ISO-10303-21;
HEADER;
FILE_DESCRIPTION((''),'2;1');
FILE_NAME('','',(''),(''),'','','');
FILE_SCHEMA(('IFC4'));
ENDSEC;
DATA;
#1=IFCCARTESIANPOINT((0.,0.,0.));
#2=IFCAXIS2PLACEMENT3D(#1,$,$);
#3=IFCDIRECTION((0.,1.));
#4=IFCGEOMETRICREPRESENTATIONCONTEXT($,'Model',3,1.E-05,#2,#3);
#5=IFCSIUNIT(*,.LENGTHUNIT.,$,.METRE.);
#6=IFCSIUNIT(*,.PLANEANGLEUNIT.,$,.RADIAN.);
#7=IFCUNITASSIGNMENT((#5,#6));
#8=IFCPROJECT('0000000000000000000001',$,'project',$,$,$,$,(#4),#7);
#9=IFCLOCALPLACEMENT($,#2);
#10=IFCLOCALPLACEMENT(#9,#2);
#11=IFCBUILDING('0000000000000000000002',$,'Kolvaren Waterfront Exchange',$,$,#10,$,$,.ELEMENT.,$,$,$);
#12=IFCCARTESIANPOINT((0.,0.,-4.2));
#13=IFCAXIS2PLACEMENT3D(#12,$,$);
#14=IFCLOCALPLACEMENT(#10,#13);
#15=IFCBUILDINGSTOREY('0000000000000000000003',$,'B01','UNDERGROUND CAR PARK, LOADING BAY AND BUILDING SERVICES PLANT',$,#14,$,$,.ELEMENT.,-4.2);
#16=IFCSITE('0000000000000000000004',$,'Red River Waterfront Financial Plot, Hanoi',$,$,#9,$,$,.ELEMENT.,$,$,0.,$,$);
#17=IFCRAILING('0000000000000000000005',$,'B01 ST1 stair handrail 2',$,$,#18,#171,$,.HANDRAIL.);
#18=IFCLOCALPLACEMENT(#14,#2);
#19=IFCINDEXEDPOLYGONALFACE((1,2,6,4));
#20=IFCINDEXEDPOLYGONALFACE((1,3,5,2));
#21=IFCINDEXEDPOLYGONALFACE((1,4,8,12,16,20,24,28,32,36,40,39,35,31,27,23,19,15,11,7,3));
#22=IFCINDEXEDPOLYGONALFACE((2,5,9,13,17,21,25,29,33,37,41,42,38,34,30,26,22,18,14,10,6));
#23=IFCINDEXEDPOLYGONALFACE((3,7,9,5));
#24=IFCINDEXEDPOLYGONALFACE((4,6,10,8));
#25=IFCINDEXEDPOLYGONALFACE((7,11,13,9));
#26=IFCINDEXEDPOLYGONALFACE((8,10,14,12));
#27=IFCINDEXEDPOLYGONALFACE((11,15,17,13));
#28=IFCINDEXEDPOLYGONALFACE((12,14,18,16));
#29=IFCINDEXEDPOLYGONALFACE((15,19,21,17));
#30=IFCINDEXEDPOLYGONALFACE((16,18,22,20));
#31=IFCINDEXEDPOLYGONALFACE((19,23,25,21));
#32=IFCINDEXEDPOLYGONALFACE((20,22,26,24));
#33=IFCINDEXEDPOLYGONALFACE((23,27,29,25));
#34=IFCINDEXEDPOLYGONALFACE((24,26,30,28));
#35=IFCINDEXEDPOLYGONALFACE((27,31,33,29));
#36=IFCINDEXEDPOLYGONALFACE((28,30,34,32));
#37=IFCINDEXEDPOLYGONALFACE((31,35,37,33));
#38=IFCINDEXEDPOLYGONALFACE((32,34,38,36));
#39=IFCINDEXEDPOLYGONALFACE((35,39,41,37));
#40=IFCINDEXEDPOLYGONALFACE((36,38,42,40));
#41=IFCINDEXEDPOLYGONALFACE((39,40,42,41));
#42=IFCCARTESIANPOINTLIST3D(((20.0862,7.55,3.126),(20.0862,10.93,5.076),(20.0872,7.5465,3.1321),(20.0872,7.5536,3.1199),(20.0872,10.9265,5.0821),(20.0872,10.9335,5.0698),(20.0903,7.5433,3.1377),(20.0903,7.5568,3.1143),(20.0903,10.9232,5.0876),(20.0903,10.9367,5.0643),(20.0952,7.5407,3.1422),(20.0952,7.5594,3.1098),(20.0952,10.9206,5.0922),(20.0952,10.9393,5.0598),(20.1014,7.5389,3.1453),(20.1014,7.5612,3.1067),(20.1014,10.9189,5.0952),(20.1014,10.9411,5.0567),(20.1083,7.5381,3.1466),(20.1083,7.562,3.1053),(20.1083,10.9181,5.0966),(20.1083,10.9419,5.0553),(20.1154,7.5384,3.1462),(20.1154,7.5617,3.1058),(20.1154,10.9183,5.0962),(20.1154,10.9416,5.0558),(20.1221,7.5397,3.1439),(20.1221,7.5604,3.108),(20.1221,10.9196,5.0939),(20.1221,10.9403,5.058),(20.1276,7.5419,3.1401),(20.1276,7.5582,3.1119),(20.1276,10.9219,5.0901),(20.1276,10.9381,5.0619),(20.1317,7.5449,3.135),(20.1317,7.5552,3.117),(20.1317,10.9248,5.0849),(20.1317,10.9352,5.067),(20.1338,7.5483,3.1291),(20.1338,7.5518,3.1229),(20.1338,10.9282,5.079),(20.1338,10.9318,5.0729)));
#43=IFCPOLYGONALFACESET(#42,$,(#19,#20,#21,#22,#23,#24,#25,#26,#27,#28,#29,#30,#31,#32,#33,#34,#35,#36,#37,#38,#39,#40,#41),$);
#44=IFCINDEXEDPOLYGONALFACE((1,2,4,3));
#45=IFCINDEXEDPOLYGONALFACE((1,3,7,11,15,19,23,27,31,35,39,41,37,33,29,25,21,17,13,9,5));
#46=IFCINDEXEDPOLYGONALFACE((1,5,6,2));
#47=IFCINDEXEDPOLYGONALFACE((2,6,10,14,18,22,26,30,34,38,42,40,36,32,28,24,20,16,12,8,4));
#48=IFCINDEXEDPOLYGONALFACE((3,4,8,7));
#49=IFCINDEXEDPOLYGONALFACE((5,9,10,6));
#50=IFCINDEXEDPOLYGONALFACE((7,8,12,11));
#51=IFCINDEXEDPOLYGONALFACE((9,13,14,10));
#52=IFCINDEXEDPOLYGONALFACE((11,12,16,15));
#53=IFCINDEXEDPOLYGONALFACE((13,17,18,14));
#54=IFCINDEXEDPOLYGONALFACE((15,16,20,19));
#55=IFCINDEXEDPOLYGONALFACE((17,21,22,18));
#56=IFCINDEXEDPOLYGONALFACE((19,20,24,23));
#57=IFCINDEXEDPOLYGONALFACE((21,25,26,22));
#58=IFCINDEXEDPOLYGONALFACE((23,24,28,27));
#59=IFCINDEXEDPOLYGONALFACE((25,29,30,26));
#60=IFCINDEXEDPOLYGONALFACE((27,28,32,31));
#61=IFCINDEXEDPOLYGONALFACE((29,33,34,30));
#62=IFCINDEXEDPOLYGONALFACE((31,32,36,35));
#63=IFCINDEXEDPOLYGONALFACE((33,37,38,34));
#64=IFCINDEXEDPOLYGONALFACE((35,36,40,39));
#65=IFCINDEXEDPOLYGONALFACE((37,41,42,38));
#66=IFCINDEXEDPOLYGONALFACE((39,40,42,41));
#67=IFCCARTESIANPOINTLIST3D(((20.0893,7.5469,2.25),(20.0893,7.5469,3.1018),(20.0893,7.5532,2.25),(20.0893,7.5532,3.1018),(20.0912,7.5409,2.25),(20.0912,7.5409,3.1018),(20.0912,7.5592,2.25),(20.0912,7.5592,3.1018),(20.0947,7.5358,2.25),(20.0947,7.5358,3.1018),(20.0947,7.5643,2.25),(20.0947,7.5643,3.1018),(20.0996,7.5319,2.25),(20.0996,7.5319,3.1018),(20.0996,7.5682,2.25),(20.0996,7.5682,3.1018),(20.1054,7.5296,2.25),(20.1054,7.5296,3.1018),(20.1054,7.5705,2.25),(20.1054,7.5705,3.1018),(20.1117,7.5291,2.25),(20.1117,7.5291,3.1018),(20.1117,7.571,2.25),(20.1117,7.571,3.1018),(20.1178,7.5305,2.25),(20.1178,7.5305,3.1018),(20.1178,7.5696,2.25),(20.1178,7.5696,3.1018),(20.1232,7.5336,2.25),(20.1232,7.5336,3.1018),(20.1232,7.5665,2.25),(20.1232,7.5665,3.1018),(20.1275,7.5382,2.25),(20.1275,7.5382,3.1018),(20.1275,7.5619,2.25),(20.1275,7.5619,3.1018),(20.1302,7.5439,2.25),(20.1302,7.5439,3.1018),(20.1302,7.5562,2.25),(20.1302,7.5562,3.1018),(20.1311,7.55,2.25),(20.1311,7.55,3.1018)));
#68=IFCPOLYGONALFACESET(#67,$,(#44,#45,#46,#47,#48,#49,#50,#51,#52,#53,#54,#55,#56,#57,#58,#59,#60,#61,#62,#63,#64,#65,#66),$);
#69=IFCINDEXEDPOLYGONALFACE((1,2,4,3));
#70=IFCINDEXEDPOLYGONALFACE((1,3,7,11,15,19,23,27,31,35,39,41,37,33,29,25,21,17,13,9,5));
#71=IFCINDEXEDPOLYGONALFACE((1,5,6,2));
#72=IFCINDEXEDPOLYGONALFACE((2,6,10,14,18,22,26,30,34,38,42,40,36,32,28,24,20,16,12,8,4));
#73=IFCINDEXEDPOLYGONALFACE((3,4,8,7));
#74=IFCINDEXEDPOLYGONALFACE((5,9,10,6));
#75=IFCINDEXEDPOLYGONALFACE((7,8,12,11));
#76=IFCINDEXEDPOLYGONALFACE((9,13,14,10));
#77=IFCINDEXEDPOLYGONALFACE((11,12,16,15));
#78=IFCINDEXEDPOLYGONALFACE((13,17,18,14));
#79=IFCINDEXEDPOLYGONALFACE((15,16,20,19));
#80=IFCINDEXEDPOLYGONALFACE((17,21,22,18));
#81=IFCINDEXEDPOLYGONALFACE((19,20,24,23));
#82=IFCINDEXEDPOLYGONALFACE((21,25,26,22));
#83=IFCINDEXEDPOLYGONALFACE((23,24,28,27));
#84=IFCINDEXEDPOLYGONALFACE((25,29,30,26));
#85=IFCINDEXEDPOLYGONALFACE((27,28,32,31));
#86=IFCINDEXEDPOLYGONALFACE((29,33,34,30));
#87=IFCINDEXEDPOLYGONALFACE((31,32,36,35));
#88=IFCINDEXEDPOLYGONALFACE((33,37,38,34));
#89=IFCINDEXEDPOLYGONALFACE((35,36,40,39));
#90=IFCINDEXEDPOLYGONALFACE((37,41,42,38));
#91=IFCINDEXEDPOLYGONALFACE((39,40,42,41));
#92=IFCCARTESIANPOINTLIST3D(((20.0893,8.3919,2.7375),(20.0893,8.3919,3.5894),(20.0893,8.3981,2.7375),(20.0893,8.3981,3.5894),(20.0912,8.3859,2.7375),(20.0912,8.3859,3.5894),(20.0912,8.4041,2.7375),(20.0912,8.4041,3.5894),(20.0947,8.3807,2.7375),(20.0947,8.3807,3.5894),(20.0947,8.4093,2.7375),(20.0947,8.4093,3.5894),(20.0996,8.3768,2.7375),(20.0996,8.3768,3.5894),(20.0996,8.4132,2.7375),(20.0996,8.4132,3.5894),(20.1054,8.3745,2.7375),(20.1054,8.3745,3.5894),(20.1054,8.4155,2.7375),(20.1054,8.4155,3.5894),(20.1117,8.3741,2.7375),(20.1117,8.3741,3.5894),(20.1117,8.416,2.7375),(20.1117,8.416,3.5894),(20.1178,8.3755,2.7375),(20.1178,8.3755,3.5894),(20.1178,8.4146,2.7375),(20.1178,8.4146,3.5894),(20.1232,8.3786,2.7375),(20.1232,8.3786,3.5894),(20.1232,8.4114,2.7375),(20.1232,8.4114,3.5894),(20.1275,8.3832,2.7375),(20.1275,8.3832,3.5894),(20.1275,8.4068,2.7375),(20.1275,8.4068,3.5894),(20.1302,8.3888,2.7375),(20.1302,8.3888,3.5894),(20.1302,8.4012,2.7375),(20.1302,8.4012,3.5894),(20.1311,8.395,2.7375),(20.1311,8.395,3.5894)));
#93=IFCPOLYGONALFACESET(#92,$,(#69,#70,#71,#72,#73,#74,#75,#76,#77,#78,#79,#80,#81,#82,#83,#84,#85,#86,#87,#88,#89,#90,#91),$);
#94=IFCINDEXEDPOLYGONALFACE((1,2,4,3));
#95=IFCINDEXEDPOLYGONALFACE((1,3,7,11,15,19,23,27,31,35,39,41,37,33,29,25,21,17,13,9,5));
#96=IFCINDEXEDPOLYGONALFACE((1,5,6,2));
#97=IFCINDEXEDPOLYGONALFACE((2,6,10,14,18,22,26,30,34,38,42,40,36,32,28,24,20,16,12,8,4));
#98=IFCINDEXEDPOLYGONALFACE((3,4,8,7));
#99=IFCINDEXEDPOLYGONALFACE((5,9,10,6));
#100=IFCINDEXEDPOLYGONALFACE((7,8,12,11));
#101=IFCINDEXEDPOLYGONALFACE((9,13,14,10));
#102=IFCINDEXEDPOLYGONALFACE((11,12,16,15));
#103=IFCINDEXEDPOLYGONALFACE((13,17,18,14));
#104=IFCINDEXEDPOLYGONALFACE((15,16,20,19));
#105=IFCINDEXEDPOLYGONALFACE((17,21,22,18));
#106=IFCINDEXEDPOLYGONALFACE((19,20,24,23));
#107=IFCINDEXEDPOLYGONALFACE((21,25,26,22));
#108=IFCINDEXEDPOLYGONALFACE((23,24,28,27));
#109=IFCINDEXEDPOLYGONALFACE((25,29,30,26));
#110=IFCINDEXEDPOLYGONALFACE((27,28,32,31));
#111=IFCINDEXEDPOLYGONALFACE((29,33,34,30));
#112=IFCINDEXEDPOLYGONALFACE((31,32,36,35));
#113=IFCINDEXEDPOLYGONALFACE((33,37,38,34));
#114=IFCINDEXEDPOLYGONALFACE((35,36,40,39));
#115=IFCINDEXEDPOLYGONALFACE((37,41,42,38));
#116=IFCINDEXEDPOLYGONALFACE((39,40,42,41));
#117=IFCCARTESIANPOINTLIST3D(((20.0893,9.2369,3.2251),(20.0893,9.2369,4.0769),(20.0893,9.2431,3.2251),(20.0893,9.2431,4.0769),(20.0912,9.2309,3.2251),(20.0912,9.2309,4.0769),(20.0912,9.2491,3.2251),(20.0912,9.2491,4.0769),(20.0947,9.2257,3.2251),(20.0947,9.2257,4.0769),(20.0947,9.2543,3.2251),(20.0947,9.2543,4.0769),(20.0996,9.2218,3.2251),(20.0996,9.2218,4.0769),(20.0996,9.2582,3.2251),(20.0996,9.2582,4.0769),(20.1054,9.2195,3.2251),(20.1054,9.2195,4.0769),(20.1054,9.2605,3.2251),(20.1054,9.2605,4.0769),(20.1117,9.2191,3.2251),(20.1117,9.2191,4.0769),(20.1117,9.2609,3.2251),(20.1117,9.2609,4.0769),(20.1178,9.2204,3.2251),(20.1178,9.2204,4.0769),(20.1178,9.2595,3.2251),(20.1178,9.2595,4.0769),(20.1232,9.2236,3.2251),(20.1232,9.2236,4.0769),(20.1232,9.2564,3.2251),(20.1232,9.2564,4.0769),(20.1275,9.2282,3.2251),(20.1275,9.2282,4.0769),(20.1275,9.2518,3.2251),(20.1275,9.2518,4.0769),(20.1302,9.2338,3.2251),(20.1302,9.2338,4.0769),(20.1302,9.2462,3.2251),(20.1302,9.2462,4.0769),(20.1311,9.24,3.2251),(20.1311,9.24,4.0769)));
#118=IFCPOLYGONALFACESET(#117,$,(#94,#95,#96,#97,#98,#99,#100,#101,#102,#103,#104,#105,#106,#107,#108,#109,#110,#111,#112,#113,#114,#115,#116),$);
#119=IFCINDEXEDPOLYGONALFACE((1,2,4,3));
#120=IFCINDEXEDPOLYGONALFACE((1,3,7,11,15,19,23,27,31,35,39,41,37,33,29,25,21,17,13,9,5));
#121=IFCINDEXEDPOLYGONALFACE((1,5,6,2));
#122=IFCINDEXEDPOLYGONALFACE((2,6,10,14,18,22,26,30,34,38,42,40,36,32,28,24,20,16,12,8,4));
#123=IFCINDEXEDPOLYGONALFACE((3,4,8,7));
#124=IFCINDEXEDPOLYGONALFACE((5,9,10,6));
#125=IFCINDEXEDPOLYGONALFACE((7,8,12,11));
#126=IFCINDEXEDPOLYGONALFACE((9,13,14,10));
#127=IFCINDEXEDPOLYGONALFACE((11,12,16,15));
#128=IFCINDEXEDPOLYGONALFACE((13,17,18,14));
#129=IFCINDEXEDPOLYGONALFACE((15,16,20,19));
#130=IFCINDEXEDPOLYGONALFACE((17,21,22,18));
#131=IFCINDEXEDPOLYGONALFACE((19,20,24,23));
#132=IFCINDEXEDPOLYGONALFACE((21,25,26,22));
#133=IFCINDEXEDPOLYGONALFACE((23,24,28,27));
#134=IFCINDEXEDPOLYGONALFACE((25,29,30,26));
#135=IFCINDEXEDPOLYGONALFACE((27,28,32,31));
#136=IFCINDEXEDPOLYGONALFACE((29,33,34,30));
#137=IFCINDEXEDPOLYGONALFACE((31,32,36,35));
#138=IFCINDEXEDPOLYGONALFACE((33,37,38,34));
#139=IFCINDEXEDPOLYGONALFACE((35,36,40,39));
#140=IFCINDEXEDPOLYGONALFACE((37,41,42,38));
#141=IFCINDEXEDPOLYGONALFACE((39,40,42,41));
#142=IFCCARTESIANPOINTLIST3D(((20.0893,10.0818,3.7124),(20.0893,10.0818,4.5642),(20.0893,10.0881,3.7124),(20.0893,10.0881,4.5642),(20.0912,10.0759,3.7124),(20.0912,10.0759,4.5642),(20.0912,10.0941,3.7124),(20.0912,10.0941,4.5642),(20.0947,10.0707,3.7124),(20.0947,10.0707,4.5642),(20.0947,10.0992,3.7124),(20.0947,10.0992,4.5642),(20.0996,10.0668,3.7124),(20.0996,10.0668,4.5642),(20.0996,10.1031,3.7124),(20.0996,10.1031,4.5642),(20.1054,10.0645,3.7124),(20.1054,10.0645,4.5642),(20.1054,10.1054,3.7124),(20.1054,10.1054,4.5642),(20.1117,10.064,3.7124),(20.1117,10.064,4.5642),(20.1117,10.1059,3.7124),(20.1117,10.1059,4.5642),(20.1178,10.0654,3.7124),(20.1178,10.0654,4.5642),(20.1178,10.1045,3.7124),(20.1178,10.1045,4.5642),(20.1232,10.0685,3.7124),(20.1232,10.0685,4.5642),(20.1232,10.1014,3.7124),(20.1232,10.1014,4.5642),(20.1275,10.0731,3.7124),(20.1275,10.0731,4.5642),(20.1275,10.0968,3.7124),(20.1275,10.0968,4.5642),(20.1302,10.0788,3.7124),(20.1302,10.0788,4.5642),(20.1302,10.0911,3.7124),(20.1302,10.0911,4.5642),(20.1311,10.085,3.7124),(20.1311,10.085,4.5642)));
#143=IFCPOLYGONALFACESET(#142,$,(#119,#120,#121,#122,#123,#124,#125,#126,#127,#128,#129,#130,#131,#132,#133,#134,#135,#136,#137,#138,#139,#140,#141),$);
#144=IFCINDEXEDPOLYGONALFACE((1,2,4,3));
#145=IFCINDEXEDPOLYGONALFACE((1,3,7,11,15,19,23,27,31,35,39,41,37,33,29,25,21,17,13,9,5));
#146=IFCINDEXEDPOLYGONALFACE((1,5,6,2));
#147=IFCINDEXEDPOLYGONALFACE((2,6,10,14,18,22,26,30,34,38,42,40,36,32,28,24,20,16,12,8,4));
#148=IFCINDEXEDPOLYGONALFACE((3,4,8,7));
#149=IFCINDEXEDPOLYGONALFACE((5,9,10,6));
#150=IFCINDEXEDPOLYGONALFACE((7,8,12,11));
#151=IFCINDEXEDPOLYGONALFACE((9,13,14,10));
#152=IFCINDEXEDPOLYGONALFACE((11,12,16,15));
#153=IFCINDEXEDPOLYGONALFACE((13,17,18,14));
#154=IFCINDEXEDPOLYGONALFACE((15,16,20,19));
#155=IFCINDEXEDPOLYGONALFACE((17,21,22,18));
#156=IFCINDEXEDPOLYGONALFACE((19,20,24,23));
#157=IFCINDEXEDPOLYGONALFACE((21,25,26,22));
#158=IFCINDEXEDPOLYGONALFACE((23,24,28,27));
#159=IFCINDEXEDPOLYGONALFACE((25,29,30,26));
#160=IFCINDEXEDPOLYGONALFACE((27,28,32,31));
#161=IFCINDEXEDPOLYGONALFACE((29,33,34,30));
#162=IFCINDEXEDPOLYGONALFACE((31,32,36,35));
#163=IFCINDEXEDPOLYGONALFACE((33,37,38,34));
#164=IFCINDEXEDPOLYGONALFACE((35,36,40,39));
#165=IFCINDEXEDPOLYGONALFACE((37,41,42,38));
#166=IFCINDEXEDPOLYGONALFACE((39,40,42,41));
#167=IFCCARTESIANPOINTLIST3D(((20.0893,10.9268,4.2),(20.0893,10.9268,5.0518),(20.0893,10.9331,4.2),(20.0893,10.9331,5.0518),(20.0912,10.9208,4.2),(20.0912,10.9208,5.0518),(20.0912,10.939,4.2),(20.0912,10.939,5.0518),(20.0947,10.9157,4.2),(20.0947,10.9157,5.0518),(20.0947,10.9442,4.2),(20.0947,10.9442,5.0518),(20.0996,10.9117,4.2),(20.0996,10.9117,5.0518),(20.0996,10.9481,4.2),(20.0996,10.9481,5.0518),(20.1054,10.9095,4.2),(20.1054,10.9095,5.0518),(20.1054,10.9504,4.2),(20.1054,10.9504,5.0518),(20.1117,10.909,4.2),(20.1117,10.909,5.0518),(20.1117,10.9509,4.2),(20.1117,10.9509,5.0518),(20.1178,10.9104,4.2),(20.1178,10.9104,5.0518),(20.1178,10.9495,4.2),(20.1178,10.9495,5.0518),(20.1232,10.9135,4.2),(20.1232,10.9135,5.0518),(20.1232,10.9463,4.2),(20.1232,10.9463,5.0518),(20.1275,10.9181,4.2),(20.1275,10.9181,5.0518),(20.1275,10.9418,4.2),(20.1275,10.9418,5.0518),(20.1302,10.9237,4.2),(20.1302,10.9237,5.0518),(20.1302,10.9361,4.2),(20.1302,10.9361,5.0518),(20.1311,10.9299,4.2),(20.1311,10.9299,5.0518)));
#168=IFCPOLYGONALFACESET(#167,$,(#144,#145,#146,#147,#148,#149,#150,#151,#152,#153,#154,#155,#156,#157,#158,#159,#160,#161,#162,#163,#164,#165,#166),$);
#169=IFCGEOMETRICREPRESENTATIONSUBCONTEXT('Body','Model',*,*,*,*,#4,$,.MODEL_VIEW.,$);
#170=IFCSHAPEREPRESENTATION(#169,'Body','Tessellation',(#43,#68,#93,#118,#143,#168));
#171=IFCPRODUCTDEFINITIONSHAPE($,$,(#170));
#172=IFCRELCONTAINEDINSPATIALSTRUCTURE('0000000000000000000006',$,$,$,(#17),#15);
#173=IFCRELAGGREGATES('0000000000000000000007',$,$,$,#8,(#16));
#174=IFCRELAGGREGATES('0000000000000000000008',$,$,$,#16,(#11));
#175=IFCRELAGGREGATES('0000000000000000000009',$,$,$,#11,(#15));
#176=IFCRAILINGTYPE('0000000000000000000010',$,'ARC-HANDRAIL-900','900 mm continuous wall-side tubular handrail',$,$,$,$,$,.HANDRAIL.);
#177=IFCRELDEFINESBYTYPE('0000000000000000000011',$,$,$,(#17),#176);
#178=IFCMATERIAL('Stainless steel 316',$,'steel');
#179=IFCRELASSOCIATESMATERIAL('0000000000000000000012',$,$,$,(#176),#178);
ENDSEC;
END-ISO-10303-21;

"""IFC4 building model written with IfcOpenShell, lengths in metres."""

from ifc_helpers import new_model, si_unit, direction, frame, origin, origin_2d, place, context, subcontext, project, spatial, circle, extrude, material, type_object, element, save


model = new_model("IFC4")

# Units and contexts
model_context = context("Model", 3, precision=1e-05, world=origin(), true_north=direction((0.0, 1.0)))
body_context = subcontext(model_context, "Body", "Model", "MODEL_VIEW")
ifc_project = project(units=[si_unit("LENGTHUNIT", "METRE"), si_unit("PLANEANGLEUNIT", "RADIAN")], contexts=[model_context])

# Site, building, storey
site_placement = place(None, origin())
site = spatial("IfcSite", under=ifc_project, at=site_placement, Name="Red River Waterfront Financial Plot, Hanoi", CompositionType="ELEMENT", RefElevation=0.0)
building_placement = place(site_placement, origin())
building = spatial("IfcBuilding", under=site, at=building_placement, Name="Kolvaren Waterfront Exchange", CompositionType="ELEMENT")
storey_placement = place(building_placement, frame((0.0, 0.0, -4.2)))
storey = spatial("IfcBuildingStorey", under=building, at=storey_placement, Name="B01", Description="UNDERGROUND CAR PARK, LOADING BAY AND BUILDING SERVICES PLANT", CompositionType="ELEMENT", Elevation=-4.2)

# Railing
ifc_material_1 = material(Name="Stainless steel 316", Category="steel")
railing_type_1 = type_object("IfcRailingType", Name="ARC-HANDRAIL-900", Description="900 mm continuous wall-side tubular handrail", PredefinedType="HANDRAIL", material=ifc_material_1)
railing_1_placement = place(storey_placement, frame((20.1101, 7.55, 2.25)))
element("IfcRailing", 1, at=railing_1_placement, inside=storey, type_object=railing_type_1, Name="B01 ST1 stair handrail 2", PredefinedType="HANDRAIL", context=body_context, shape_type="SweptSolid", body=[
    extrude(circle(Radius=0.0239, at=origin_2d()), frame((0.0, 0.0, 0.876), z_axis=(0.0, 0.866184, 0.499726), x_axis=(-1.0, 0.0, 0.0)), (0.0, 0.0, 1.0), 3.9021),
    extrude(circle(Radius=0.021, at=origin_2d()), origin(), (0.0, 0.0, 1.0), 0.8518),
    extrude(circle(Radius=0.021, at=origin_2d()), frame((0.0, 0.845, 0.4875)), (0.0, 0.0, 1.0), 0.8518),
    extrude(circle(Radius=0.021, at=origin_2d()), frame((0.0, 1.6899, 0.9751)), (0.0, 0.0, 1.0), 0.8518),
    extrude(circle(Radius=0.021, at=origin_2d()), frame((0.0, 2.5349, 1.4624)), (0.0, 0.0, 1.0), 0.8518),
    extrude(circle(Radius=0.021, at=origin_2d()), frame((0.0, 3.3799, 1.95)), (0.0, 0.0, 1.0), 0.8518),
])

save(model, "model.ifc")
